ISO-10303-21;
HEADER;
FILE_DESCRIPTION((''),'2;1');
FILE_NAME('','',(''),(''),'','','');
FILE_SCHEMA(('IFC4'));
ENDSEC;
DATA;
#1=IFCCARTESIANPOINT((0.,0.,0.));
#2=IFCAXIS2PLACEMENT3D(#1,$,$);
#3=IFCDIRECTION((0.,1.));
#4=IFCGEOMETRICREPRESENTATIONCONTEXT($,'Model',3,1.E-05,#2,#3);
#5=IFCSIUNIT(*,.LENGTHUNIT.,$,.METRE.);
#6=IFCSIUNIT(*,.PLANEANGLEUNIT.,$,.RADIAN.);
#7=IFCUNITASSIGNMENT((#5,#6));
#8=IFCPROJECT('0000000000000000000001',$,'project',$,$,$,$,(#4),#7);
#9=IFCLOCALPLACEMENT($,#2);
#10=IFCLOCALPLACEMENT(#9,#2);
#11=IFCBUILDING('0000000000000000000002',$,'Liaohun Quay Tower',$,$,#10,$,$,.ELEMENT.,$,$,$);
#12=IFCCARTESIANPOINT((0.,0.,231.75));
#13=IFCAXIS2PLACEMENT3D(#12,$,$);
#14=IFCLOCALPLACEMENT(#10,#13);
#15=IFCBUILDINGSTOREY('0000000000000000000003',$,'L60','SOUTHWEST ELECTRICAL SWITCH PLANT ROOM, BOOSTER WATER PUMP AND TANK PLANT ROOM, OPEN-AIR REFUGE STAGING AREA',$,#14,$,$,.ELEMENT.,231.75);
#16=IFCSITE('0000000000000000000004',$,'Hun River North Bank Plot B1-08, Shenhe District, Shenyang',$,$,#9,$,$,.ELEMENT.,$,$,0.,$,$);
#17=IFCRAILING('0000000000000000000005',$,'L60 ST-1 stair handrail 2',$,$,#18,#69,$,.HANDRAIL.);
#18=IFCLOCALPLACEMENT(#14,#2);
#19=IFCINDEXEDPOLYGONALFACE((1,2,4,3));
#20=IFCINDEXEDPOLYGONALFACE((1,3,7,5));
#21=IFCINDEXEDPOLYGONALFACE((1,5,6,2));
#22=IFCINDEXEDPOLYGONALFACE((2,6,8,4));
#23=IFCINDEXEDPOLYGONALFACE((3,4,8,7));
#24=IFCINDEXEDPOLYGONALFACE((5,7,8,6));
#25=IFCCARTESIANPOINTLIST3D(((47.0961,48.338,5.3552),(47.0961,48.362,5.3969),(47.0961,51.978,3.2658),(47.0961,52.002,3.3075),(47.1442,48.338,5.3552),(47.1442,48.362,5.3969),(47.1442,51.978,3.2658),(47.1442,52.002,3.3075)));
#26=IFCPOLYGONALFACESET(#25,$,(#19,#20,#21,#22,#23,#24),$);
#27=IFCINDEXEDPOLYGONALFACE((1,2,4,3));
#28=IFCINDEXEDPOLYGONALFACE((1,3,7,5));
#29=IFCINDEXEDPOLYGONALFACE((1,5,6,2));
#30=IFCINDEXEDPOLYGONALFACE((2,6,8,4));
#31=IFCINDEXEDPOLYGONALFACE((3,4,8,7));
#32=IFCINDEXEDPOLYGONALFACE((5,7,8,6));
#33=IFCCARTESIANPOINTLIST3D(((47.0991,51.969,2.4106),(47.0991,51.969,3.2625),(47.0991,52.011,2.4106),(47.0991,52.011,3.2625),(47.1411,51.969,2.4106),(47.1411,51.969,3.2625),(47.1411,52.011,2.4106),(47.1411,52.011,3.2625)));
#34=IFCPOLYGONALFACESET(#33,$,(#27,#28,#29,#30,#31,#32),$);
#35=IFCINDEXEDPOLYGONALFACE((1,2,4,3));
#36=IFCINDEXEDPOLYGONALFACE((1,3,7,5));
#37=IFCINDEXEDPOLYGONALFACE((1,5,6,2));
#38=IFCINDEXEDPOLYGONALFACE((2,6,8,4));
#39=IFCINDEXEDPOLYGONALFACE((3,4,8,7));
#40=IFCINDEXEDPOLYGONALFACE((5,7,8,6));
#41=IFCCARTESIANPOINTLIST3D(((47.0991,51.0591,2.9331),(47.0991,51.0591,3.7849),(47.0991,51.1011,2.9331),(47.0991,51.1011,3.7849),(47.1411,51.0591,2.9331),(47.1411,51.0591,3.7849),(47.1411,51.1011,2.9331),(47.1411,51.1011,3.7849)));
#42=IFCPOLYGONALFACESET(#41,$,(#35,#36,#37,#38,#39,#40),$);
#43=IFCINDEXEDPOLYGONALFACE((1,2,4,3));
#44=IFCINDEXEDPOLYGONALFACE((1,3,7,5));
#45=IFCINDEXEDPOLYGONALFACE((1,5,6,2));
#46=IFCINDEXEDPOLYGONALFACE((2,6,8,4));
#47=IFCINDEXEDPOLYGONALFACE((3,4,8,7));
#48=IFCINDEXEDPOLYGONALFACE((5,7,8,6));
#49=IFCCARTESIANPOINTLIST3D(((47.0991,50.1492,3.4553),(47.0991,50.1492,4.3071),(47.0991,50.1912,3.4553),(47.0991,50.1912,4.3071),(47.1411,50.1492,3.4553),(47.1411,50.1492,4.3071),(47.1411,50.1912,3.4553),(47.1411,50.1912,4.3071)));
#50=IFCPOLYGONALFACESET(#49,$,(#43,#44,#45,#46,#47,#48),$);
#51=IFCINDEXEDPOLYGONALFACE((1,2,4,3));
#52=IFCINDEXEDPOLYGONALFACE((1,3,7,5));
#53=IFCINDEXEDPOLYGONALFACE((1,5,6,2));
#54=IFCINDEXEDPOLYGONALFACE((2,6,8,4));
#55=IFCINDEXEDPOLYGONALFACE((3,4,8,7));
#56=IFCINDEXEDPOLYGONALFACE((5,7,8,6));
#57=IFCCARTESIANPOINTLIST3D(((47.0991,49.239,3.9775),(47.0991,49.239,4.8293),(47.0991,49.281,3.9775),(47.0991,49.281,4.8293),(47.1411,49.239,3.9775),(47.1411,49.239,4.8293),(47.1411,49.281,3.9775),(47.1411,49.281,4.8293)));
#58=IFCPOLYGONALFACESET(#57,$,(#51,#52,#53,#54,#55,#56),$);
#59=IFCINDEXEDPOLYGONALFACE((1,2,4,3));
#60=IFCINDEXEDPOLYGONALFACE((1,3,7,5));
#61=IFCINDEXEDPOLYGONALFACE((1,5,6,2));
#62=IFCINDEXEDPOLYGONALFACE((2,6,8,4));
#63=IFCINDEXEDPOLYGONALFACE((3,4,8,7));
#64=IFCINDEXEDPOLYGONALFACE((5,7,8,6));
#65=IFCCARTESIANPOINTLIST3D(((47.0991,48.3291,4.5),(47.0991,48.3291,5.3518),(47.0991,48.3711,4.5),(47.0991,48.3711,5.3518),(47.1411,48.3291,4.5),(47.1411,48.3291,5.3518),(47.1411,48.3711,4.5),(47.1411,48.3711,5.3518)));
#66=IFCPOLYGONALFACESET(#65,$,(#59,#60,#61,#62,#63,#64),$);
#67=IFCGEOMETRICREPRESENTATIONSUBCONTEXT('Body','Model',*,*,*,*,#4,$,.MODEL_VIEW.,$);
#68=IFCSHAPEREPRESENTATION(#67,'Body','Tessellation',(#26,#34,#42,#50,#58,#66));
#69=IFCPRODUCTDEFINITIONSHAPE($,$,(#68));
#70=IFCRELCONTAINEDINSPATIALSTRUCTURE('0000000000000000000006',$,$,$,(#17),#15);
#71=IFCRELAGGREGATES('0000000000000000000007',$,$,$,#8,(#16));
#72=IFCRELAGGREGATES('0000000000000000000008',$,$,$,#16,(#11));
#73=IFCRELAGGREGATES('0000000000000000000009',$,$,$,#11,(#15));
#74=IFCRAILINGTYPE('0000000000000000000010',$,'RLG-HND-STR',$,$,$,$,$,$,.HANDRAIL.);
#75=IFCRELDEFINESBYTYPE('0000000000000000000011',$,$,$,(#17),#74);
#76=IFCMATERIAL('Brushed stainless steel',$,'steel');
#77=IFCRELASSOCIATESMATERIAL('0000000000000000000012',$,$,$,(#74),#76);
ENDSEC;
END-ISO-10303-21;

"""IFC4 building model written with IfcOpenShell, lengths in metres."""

from ifc_helpers import new_model, si_unit, direction, frame, origin, origin_2d, place, context, subcontext, project, spatial, rectangle, extrude, material, type_object, element, save


model = new_model("IFC4")

# Units and contexts
model_context = context("Model", 3, precision=1e-05, world=origin(), true_north=direction((0.0, 1.0)))
body_context = subcontext(model_context, "Body", "Model", "MODEL_VIEW")
ifc_project = project(units=[si_unit("LENGTHUNIT", "METRE"), si_unit("PLANEANGLEUNIT", "RADIAN")], contexts=[model_context])

# Site, building, storey
site_placement = place(None, origin())
site = spatial("IfcSite", under=ifc_project, at=site_placement, Name="Hun River North Bank Plot B1-08, Shenhe District, Shenyang", CompositionType="ELEMENT", RefElevation=0.0)
building_placement = place(site_placement, origin())
building = spatial("IfcBuilding", under=site, at=building_placement, Name="Liaohun Quay Tower", CompositionType="ELEMENT")
storey_placement = place(building_placement, frame((0.0, 0.0, 231.75)))
storey = spatial("IfcBuildingStorey", under=building, at=storey_placement, Name="L60", Description="SOUTHWEST ELECTRICAL SWITCH PLANT ROOM, BOOSTER WATER PUMP AND TANK PLANT ROOM, OPEN-AIR REFUGE STAGING AREA", CompositionType="ELEMENT", Elevation=231.75)

# Railing
ifc_material_1 = material(Name="Brushed stainless steel", Category="steel")
railing_type_1 = type_object("IfcRailingType", Name="RLG-HND-STR", PredefinedType="HANDRAIL", material=ifc_material_1)
railing_1_placement = place(storey_placement, frame((47.1201, 51.99, 2.4106)))
element("IfcRailing", 1, at=railing_1_placement, inside=storey, type_object=railing_type_1, Name="L60 ST-1 stair handrail 2", PredefinedType="HANDRAIL", context=body_context, shape_type="SweptSolid", body=[
    extrude(rectangle(XDim=0.0481, YDim=0.0481, at=origin_2d()), frame((0.0, 0.0, 0.876), z_axis=(0.0, -0.867275, 0.497829), x_axis=(1.0, 0.0, 0.0)), (0.0, 0.0, 1.0), 4.197),
    extrude(rectangle(XDim=0.042, YDim=0.042, at=origin_2d()), origin(), (0.0, 0.0, 1.0), 0.8518),
    extrude(rectangle(XDim=0.042, YDim=0.042, at=origin_2d()), frame((0.0, -0.9099, 0.5225)), (0.0, 0.0, 1.0), 0.8518),
    extrude(rectangle(XDim=0.042, YDim=0.042, at=origin_2d()), frame((0.0, -1.8198, 1.0447)), (0.0, 0.0, 1.0), 0.8518),
    extrude(rectangle(XDim=0.042, YDim=0.042, at=origin_2d()), frame((0.0, -2.73, 1.5669)), (0.0, 0.0, 1.0), 0.8518),
    extrude(rectangle(XDim=0.042, YDim=0.042, at=origin_2d()), frame((0.0, -3.6399, 2.0894)), (0.0, 0.0, 1.0), 0.8518),
])

save(model, "model.ifc")
